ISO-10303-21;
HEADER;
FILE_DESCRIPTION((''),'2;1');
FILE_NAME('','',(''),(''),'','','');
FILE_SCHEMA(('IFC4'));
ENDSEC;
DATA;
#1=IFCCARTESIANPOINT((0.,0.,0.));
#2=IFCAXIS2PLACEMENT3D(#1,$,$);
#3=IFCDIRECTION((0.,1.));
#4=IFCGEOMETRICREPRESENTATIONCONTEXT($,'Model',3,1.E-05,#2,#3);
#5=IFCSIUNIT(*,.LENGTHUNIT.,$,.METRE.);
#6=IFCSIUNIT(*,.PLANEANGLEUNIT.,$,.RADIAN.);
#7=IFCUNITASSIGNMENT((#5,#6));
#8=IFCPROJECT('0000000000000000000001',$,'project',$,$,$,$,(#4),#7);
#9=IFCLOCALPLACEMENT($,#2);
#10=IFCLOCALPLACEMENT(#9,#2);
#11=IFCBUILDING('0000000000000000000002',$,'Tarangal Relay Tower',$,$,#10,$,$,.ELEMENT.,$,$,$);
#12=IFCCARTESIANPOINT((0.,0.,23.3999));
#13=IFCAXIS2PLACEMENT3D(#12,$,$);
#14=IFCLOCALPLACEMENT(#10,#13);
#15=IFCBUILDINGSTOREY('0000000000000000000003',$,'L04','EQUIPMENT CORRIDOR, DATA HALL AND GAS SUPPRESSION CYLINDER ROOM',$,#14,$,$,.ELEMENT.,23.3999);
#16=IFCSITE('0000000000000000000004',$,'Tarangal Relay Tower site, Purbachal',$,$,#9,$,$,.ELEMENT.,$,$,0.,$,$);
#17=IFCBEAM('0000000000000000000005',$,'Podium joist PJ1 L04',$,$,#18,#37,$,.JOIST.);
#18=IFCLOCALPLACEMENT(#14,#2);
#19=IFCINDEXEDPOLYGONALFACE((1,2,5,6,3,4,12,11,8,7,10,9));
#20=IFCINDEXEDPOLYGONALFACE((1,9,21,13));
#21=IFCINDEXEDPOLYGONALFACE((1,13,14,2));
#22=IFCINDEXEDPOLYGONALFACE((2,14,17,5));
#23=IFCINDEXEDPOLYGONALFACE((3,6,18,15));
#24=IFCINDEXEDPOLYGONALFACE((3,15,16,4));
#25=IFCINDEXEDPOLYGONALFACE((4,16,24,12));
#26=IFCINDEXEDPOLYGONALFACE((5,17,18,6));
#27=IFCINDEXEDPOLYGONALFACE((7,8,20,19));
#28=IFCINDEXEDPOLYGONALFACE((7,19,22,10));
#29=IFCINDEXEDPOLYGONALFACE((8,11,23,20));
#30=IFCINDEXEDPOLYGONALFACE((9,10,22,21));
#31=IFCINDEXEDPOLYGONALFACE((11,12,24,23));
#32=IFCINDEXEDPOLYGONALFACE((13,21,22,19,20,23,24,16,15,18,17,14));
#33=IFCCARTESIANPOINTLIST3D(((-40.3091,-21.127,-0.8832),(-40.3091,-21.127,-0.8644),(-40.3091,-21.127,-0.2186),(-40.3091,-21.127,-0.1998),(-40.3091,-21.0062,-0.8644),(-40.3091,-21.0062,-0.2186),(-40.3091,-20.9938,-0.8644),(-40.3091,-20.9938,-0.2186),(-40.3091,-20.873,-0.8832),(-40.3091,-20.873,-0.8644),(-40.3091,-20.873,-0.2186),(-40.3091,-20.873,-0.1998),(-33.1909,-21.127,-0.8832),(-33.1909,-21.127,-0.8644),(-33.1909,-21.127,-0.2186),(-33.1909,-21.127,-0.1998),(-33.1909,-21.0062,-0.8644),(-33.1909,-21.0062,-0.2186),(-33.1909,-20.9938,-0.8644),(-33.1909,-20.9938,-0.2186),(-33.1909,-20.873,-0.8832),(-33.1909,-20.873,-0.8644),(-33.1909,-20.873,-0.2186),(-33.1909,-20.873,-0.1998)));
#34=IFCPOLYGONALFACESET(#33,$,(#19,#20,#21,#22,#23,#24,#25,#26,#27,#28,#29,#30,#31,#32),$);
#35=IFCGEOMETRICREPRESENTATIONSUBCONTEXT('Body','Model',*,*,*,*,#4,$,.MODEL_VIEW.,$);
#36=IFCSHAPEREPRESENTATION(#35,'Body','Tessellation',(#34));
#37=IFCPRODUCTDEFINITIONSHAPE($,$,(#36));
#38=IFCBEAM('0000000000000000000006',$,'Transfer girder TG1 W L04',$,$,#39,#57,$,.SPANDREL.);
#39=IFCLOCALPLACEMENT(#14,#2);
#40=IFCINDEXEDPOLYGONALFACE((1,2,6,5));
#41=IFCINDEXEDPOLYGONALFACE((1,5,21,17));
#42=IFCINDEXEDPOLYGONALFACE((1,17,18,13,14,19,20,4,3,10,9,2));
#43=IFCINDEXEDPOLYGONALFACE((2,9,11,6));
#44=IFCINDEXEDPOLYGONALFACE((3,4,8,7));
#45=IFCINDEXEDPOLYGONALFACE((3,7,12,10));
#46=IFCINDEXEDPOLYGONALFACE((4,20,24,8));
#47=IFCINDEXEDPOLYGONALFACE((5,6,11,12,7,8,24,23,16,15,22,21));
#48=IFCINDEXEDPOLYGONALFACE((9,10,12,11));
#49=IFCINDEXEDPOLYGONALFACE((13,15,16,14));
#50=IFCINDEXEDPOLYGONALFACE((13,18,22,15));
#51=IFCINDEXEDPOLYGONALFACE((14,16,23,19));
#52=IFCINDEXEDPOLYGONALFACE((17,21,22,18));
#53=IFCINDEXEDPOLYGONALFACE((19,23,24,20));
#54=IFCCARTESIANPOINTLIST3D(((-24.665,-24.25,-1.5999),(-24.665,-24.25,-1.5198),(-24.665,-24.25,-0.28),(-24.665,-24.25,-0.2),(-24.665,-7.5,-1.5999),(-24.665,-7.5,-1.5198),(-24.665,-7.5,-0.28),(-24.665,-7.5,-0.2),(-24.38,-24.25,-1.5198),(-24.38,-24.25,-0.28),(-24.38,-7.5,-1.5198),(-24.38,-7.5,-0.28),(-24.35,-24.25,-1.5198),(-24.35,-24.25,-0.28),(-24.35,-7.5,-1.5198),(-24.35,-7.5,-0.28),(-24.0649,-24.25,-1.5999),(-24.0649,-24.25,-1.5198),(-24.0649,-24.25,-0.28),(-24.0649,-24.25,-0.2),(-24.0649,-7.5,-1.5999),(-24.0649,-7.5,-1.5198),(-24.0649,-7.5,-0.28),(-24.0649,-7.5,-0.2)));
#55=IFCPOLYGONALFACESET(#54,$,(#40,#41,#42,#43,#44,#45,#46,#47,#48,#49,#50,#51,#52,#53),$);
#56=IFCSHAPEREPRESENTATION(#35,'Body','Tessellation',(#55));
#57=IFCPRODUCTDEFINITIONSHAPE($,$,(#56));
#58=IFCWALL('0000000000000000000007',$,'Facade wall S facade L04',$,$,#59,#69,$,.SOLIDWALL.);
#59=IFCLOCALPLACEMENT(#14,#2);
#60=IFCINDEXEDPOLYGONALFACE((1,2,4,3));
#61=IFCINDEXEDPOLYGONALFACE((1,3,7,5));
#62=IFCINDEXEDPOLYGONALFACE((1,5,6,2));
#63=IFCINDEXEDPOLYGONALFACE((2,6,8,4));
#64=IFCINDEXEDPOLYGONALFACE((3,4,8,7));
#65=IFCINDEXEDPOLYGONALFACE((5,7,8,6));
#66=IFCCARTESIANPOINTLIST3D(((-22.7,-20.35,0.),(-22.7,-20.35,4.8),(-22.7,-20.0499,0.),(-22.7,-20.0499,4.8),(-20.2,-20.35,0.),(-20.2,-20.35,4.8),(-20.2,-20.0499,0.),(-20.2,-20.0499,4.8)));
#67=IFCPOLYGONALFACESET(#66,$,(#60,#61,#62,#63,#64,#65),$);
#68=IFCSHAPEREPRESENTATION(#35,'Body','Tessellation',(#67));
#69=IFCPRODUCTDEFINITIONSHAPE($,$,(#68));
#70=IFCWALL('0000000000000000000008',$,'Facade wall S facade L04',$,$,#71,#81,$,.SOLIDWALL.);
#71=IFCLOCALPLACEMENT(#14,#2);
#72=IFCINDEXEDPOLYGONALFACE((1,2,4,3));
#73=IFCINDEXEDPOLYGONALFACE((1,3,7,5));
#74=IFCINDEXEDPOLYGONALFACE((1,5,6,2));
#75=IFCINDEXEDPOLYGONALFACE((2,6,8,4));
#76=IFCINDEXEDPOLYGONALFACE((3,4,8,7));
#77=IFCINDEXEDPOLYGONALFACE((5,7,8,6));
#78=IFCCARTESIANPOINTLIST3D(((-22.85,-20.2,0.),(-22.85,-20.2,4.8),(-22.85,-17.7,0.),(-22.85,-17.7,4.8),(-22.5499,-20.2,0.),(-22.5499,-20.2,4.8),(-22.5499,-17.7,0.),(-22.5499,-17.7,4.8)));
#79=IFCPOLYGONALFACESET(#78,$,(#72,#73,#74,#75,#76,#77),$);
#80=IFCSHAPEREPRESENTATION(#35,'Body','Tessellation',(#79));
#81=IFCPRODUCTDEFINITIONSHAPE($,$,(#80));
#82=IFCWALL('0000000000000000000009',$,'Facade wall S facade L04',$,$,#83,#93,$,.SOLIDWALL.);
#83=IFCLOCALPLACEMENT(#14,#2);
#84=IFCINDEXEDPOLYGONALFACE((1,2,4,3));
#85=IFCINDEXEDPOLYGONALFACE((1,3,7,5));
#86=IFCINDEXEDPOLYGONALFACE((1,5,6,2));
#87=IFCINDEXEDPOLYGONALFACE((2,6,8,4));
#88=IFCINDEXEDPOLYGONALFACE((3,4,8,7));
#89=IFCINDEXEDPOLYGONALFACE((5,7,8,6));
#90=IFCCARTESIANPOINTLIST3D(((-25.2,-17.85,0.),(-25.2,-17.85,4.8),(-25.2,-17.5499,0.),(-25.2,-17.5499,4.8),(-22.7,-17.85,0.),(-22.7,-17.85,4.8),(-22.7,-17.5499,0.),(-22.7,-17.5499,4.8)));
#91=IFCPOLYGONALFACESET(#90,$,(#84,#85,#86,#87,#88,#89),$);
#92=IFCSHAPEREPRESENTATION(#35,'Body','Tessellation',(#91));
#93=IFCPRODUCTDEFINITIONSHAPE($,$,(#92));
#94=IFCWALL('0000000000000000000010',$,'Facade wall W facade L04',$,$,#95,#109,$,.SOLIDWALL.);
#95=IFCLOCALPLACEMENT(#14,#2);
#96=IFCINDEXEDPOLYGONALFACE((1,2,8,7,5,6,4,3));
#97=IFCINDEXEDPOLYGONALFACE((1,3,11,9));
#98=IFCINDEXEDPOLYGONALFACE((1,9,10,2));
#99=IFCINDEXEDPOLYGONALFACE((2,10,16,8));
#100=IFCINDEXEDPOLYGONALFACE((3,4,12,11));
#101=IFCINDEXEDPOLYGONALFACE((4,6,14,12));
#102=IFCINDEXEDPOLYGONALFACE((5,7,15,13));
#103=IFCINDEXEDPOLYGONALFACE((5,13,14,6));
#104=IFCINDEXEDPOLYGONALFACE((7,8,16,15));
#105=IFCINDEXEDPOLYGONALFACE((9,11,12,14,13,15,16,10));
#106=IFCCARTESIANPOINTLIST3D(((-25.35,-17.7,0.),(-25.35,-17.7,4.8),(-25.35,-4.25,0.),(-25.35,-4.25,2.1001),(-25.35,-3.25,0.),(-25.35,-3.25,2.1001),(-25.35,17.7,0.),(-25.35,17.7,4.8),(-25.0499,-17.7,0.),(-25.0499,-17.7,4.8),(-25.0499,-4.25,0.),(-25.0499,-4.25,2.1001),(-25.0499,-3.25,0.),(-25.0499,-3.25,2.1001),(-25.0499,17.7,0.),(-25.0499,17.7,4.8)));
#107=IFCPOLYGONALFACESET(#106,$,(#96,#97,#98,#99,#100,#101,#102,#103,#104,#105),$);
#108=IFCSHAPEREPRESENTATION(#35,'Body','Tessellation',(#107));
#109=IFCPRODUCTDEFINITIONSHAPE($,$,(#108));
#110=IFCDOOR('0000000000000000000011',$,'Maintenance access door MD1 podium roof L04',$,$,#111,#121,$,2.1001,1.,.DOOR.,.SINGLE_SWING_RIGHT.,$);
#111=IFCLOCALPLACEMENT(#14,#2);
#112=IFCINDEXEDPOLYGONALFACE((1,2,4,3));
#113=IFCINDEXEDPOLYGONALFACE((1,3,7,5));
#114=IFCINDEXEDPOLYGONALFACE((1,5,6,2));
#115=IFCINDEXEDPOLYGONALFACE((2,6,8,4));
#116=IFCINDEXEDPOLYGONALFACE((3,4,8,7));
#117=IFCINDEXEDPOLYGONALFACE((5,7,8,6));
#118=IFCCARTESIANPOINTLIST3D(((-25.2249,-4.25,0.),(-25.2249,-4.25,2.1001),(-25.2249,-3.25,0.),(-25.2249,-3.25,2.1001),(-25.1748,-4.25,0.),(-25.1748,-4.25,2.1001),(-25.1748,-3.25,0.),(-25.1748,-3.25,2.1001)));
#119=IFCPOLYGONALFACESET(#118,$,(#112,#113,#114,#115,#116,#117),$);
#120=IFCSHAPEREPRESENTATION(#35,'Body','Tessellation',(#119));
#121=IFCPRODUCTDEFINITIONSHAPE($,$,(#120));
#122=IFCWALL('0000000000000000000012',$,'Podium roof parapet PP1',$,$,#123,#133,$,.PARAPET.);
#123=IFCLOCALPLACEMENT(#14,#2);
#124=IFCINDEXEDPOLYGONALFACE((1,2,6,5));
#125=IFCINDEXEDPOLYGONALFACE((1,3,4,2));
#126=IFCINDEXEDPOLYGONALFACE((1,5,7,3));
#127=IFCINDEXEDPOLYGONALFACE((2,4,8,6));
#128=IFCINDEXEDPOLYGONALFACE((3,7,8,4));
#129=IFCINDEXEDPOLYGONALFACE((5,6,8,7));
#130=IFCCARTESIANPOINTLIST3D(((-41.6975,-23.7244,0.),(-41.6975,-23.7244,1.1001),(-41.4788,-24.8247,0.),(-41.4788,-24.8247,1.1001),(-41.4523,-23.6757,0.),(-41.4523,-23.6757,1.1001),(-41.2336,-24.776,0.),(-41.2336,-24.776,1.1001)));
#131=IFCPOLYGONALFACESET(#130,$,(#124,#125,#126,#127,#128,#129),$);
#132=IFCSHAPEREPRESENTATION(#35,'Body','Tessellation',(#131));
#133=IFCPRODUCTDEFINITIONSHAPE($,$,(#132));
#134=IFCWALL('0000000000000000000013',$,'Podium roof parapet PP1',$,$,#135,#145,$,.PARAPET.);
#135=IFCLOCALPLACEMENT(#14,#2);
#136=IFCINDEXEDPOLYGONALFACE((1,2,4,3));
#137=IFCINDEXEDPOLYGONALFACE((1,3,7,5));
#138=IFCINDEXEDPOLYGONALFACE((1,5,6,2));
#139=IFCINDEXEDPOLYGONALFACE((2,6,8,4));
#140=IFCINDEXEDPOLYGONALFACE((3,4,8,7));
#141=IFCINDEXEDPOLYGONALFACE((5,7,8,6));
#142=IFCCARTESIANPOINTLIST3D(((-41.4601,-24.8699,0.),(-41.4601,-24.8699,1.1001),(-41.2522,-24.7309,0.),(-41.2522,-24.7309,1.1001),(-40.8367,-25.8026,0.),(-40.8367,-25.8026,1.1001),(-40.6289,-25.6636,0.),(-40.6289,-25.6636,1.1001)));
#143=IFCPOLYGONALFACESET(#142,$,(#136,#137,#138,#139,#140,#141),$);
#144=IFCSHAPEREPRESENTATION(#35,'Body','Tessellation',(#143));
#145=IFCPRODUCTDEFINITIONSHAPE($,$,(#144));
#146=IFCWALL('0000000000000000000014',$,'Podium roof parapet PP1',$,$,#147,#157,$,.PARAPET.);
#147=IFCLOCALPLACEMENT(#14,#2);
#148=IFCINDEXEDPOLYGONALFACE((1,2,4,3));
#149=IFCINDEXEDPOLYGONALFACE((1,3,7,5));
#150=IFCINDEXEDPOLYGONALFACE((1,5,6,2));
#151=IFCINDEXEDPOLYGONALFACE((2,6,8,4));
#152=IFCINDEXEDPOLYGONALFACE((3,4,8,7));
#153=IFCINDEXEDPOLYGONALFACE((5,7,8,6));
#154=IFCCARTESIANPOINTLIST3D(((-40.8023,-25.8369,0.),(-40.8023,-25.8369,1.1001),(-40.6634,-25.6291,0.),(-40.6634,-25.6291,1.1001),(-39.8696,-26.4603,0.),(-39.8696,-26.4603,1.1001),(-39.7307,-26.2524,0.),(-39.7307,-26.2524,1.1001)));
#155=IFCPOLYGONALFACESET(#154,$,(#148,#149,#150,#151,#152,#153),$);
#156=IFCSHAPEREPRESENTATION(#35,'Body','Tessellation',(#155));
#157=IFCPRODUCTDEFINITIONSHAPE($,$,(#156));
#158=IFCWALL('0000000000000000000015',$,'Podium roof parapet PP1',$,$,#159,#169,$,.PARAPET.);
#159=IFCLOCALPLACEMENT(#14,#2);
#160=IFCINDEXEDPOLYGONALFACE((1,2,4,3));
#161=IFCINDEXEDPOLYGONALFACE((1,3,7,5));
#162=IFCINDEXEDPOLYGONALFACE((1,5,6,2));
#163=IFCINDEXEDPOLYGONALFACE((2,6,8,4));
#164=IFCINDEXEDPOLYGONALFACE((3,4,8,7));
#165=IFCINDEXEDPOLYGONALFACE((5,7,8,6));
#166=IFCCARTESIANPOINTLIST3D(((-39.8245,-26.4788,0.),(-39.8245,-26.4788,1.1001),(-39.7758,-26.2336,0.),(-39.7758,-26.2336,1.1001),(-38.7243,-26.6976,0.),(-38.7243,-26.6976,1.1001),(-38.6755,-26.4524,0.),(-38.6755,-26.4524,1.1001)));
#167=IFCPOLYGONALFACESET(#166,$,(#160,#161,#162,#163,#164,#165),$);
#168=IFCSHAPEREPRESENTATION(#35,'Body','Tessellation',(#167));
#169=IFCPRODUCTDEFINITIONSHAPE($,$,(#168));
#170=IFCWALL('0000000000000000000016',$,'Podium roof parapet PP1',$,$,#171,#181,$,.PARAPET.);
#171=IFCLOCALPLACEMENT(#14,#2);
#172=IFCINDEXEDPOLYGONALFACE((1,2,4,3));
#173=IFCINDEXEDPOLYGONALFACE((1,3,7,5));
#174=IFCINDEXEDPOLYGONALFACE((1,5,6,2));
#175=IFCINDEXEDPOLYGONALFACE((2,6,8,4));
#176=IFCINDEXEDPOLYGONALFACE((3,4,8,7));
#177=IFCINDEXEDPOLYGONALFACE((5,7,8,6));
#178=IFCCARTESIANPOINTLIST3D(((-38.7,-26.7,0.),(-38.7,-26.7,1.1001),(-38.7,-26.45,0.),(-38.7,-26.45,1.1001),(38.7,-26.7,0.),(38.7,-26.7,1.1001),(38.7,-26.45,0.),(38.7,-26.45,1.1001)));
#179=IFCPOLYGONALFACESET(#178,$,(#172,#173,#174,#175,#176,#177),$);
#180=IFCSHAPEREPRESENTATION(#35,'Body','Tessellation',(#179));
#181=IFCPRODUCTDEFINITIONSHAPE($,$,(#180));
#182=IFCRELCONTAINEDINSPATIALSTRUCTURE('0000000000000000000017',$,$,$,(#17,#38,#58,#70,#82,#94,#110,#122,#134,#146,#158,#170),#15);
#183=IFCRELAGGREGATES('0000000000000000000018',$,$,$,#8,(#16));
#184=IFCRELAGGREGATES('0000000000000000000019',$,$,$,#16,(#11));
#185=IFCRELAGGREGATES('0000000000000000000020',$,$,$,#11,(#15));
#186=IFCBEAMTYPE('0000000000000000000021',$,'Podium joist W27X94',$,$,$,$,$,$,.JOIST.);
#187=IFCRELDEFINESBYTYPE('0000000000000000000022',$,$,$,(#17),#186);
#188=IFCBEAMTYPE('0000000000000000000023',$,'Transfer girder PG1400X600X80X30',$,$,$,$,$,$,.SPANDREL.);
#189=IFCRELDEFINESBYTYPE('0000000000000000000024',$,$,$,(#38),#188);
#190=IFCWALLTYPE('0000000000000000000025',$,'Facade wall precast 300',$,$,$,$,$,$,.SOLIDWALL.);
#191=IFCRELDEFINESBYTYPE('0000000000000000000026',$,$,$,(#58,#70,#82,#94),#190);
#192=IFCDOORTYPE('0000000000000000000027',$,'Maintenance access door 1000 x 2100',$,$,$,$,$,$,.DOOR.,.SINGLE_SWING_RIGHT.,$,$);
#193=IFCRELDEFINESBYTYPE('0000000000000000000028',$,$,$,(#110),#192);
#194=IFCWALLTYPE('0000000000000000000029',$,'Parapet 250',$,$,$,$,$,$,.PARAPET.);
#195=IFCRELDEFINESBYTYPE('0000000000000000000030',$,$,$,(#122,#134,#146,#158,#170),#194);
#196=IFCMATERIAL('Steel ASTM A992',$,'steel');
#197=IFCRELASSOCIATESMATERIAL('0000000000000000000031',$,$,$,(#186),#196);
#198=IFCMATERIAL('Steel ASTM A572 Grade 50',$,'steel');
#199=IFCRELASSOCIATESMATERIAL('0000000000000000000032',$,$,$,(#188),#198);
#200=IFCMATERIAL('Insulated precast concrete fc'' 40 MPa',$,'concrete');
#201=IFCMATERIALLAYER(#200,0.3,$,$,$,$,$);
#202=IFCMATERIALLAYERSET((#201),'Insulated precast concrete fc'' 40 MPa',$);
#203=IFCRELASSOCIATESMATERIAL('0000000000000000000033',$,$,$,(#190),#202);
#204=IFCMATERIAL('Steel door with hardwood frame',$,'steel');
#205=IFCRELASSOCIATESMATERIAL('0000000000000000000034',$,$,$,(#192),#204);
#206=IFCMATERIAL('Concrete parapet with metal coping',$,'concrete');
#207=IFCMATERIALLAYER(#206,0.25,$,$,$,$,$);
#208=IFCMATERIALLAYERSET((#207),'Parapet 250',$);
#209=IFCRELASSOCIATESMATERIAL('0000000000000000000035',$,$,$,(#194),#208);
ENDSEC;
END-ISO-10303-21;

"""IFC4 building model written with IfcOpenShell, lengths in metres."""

from ifc_helpers import new_model, si_unit, direction, frame, frame_2d, origin, origin_2d, place, context, subcontext, project, spatial, rectangle, i_section, extrude, material, layer, layer_set, material_profile, profile_set, type_object, element, fill, save


model = new_model("IFC4")

# Units and contexts
model_context = context("Model", 3, precision=1e-05, world=origin(), true_north=direction((0.0, 1.0)))
body_context = subcontext(model_context, "Body", "Model", "MODEL_VIEW")
ifc_project = project(units=[si_unit("LENGTHUNIT", "METRE"), si_unit("PLANEANGLEUNIT", "RADIAN")], contexts=[model_context])

# Site, building, storey
site_placement = place(None, origin())
site = spatial("IfcSite", under=ifc_project, at=site_placement, Name="Tarangal Relay Tower site, Purbachal", CompositionType="ELEMENT", RefElevation=0.0)
building_placement = place(site_placement, origin())
building = spatial("IfcBuilding", under=site, at=building_placement, Name="Tarangal Relay Tower", CompositionType="ELEMENT")
storey_placement = place(building_placement, frame((0.0, 0.0, 23.3999)))
storey = spatial("IfcBuildingStorey", under=building, at=storey_placement, Name="L04", Description="EQUIPMENT CORRIDOR, DATA HALL AND GAS SUPPRESSION CYLINDER ROOM", CompositionType="ELEMENT", Elevation=23.3999)

# Shared definitions
ifc_material_1 = material(Name="Steel ASTM A572 Grade 50", Category="steel")

# Beams
ifc_material_2 = material(Name="Steel ASTM A992", Category="steel")
ifc_material_profile_1 = material_profile(ifc_material_2, i_section(OverallWidth=0.2539, OverallDepth=0.6833, WebThickness=0.0125, FlangeThickness=0.0188, at=origin_2d()), Name="W27X94")
ifc_profile_set_1 = profile_set([ifc_material_profile_1], Name="Steel ASTM A992")
beam_type_1 = type_object("IfcBeamType", Name="Podium joist W27X94", PredefinedType="JOIST", material=ifc_profile_set_1)
beam_1_placement = place(storey_placement, frame((-33.1909, -21.0, -0.5415), z_axis=(-1.0, 0.0, 0.0), x_axis=(0.0, -1.0, 0.0)))
element("IfcBeam", 1, at=beam_1_placement, inside=storey, type_object=beam_type_1, Name="Podium joist PJ1 L04", PredefinedType="JOIST", context=body_context, shape_type="SweptSolid", body=[
    extrude(i_section(OverallWidth=0.2539, OverallDepth=0.6833, WebThickness=0.0125, FlangeThickness=0.0188, at=origin_2d()), origin(), (0.0, 0.0, 1.0), 7.1182),
])
ifc_material_profile_2 = material_profile(ifc_material_1, i_section(OverallWidth=0.6001, OverallDepth=1.3999, WebThickness=0.03, FlangeThickness=0.0801, at=origin_2d()), Name="PG1400X600X80X30")
ifc_profile_set_2 = profile_set([ifc_material_profile_2], Name="Steel ASTM A572 Grade 50")
beam_type_2 = type_object("IfcBeamType", Name="Transfer girder PG1400X600X80X30", PredefinedType="SPANDREL", material=ifc_profile_set_2)
beam_2_placement = place(storey_placement, frame((-24.365, -24.25, -0.8999), z_axis=(0.0, 1.0, 0.0), x_axis=(-1.0, 0.0, 0.0)))
element("IfcBeam", 2, at=beam_2_placement, inside=storey, type_object=beam_type_2, Name="Transfer girder TG1 W L04", PredefinedType="SPANDREL", context=body_context, shape_type="SweptSolid", body=[
    extrude(i_section(OverallWidth=0.6001, OverallDepth=1.3999, WebThickness=0.03, FlangeThickness=0.0801, at=origin_2d()), origin(), (0.0, 0.0, 1.0), 16.75),
])

# Shared definitions
ifc_material_3 = material(Name="Insulated precast concrete fc' 40 MPa", Category="concrete")
ifc_layer_1 = layer(ifc_material_3, 0.3)
ifc_layer_set_1 = layer_set([ifc_layer_1], Name="Insulated precast concrete fc' 40 MPa")
wall_type_1 = type_object("IfcWallType", Name="Facade wall precast 300", PredefinedType="SOLIDWALL", material=ifc_layer_set_1)

# Walls
for number, where, z_axis, x_axis, name in (
    (3, (-20.2, -20.2, 0.0), (0.0, 0.0, 1.0), (-1.0, 0.0, 0.0), "Facade wall S facade L04"),
    (4, (-22.7, -20.2, 0.0), (0.0, 0.0, 1.0), (0.0, 1.0, 0.0), "Facade wall S facade L04"),
    (5, (-22.7, -17.7, 0.0), (0.0, 0.0, 1.0), (-1.0, 0.0, 0.0), "Facade wall S facade L04"),
):
    element("IfcWall", number, at=place(storey_placement, frame(where, z_axis=z_axis, x_axis=x_axis)), inside=storey, type_object=wall_type_1, Name=name, PredefinedType="SOLIDWALL", context=body_context, shape_type="SweptSolid", body=[
        extrude(rectangle(XDim=2.5, YDim=0.3, at=frame_2d((1.25, 0.0))), origin(), (0.0, 0.0, 1.0), 4.8),
    ])

# Wall, opening, door
wall_1_placement = place(storey_placement, frame((-25.2, -17.7, 0.0), z_axis=(0.0, 0.0, 1.0), x_axis=(0.0, 1.0, 0.0)))
wall_1 = element("IfcWall", 6, at=wall_1_placement, inside=storey, type_object=wall_type_1, Name="Facade wall W facade L04", PredefinedType="SOLIDWALL", context=body_context, shape_type="SweptSolid", body=[
    extrude(rectangle(XDim=35.3999, YDim=0.3, at=frame_2d((17.7, 0.0))), origin(), (0.0, 0.0, 1.0), 4.8),
])
opening_1_placement = place(wall_1_placement, frame((13.45, 0.0, 0.0)))
opening_1 = element("IfcOpeningElement", 7, at=opening_1_placement, cuts=wall_1, PredefinedType="OPENING", context=body_context, shape_type="SweptSolid", body=[
    extrude(rectangle(XDim=1.0, YDim=2.1001, at=frame_2d((0.5, 1.05))), frame((0.0, 0.1599, 0.0), z_axis=(0.0, -1.0, 0.0), x_axis=(1.0, 0.0, 0.0)), (0.0, 0.0, 1.0), 0.3201),
])
ifc_material_4 = material(Name="Steel door with hardwood frame", Category="steel")
door_type_1 = type_object("IfcDoorType", Name="Maintenance access door 1000 x 2100", OperationType="SINGLE_SWING_RIGHT", PredefinedType="DOOR", material=ifc_material_4)
door_1_placement = place(opening_1_placement, origin())
door_1 = element("IfcDoor", 8, at=door_1_placement, inside=storey, type_object=door_type_1, Name="Maintenance access door MD1 podium roof L04", OperationType="SINGLE_SWING_RIGHT", OverallHeight=2.1001, OverallWidth=1.0, PredefinedType="DOOR", context=body_context, shape_type="SweptSolid", body=[
    extrude(rectangle(XDim=1.0, YDim=2.1001, at=frame_2d((0.5, 1.05))), frame((0.0, 0.0249, 0.0), z_axis=(0.0, -1.0, 0.0), x_axis=(1.0, 0.0, 0.0)), (0.0, 0.0, 1.0), 0.05),
])
fill(opening_1, door_1)

# Walls
ifc_material_5 = material(Name="Concrete parapet with metal coping", Category="concrete")
ifc_layer_2 = layer(ifc_material_5, 0.25)
ifc_layer_set_2 = layer_set([ifc_layer_2], Name="Parapet 250")
wall_type_2 = type_object("IfcWallType", Name="Parapet 250", PredefinedType="PARAPET", material=ifc_layer_set_2)
for number, where, z_axis, x_axis, name in (
    (9, (-41.575, -23.7, 0.0), (0.0, 0.0, 1.0), (0.194986, -0.980806, 0.0), "Podium roof parapet PP1"),
    (10, (-41.3562, -24.8003, 0.0), (0.0, 0.0, 1.0), (0.555654, -0.831414, 0.0), "Podium roof parapet PP1"),
    (11, (-40.7329, -25.7329, 0.0), (0.0, 0.0, 1.0), (0.831414, -0.555654, 0.0), "Podium roof parapet PP1"),
    (12, (-39.8003, -26.3562, 0.0), (0.0, 0.0, 1.0), (0.980806, -0.194986, 0.0), "Podium roof parapet PP1"),
):
    element("IfcWall", number, at=place(storey_placement, frame(where, z_axis=z_axis, x_axis=x_axis)), inside=storey, type_object=wall_type_2, Name=name, PredefinedType="PARAPET", context=body_context, shape_type="SweptSolid", body=[
        extrude(rectangle(XDim=1.1218, YDim=0.25, at=frame_2d((0.561, 0.0))), origin(), (0.0, 0.0, 1.0), 1.1001),
    ])
wall_2_placement = place(storey_placement, frame((-38.7, -26.575, 0.0), z_axis=(0.0, 0.0, 1.0), x_axis=(1.0, 0.0, 0.0)))
element("IfcWall", 13, at=wall_2_placement, inside=storey, type_object=wall_type_2, Name="Podium roof parapet PP1", PredefinedType="PARAPET", context=body_context, shape_type="SweptSolid", body=[
    extrude(rectangle(XDim=77.3999, YDim=0.25, at=frame_2d((38.7, 0.0))), origin(), (0.0, 0.0, 1.0), 1.1001),
])

save(model, "model.ifc")
